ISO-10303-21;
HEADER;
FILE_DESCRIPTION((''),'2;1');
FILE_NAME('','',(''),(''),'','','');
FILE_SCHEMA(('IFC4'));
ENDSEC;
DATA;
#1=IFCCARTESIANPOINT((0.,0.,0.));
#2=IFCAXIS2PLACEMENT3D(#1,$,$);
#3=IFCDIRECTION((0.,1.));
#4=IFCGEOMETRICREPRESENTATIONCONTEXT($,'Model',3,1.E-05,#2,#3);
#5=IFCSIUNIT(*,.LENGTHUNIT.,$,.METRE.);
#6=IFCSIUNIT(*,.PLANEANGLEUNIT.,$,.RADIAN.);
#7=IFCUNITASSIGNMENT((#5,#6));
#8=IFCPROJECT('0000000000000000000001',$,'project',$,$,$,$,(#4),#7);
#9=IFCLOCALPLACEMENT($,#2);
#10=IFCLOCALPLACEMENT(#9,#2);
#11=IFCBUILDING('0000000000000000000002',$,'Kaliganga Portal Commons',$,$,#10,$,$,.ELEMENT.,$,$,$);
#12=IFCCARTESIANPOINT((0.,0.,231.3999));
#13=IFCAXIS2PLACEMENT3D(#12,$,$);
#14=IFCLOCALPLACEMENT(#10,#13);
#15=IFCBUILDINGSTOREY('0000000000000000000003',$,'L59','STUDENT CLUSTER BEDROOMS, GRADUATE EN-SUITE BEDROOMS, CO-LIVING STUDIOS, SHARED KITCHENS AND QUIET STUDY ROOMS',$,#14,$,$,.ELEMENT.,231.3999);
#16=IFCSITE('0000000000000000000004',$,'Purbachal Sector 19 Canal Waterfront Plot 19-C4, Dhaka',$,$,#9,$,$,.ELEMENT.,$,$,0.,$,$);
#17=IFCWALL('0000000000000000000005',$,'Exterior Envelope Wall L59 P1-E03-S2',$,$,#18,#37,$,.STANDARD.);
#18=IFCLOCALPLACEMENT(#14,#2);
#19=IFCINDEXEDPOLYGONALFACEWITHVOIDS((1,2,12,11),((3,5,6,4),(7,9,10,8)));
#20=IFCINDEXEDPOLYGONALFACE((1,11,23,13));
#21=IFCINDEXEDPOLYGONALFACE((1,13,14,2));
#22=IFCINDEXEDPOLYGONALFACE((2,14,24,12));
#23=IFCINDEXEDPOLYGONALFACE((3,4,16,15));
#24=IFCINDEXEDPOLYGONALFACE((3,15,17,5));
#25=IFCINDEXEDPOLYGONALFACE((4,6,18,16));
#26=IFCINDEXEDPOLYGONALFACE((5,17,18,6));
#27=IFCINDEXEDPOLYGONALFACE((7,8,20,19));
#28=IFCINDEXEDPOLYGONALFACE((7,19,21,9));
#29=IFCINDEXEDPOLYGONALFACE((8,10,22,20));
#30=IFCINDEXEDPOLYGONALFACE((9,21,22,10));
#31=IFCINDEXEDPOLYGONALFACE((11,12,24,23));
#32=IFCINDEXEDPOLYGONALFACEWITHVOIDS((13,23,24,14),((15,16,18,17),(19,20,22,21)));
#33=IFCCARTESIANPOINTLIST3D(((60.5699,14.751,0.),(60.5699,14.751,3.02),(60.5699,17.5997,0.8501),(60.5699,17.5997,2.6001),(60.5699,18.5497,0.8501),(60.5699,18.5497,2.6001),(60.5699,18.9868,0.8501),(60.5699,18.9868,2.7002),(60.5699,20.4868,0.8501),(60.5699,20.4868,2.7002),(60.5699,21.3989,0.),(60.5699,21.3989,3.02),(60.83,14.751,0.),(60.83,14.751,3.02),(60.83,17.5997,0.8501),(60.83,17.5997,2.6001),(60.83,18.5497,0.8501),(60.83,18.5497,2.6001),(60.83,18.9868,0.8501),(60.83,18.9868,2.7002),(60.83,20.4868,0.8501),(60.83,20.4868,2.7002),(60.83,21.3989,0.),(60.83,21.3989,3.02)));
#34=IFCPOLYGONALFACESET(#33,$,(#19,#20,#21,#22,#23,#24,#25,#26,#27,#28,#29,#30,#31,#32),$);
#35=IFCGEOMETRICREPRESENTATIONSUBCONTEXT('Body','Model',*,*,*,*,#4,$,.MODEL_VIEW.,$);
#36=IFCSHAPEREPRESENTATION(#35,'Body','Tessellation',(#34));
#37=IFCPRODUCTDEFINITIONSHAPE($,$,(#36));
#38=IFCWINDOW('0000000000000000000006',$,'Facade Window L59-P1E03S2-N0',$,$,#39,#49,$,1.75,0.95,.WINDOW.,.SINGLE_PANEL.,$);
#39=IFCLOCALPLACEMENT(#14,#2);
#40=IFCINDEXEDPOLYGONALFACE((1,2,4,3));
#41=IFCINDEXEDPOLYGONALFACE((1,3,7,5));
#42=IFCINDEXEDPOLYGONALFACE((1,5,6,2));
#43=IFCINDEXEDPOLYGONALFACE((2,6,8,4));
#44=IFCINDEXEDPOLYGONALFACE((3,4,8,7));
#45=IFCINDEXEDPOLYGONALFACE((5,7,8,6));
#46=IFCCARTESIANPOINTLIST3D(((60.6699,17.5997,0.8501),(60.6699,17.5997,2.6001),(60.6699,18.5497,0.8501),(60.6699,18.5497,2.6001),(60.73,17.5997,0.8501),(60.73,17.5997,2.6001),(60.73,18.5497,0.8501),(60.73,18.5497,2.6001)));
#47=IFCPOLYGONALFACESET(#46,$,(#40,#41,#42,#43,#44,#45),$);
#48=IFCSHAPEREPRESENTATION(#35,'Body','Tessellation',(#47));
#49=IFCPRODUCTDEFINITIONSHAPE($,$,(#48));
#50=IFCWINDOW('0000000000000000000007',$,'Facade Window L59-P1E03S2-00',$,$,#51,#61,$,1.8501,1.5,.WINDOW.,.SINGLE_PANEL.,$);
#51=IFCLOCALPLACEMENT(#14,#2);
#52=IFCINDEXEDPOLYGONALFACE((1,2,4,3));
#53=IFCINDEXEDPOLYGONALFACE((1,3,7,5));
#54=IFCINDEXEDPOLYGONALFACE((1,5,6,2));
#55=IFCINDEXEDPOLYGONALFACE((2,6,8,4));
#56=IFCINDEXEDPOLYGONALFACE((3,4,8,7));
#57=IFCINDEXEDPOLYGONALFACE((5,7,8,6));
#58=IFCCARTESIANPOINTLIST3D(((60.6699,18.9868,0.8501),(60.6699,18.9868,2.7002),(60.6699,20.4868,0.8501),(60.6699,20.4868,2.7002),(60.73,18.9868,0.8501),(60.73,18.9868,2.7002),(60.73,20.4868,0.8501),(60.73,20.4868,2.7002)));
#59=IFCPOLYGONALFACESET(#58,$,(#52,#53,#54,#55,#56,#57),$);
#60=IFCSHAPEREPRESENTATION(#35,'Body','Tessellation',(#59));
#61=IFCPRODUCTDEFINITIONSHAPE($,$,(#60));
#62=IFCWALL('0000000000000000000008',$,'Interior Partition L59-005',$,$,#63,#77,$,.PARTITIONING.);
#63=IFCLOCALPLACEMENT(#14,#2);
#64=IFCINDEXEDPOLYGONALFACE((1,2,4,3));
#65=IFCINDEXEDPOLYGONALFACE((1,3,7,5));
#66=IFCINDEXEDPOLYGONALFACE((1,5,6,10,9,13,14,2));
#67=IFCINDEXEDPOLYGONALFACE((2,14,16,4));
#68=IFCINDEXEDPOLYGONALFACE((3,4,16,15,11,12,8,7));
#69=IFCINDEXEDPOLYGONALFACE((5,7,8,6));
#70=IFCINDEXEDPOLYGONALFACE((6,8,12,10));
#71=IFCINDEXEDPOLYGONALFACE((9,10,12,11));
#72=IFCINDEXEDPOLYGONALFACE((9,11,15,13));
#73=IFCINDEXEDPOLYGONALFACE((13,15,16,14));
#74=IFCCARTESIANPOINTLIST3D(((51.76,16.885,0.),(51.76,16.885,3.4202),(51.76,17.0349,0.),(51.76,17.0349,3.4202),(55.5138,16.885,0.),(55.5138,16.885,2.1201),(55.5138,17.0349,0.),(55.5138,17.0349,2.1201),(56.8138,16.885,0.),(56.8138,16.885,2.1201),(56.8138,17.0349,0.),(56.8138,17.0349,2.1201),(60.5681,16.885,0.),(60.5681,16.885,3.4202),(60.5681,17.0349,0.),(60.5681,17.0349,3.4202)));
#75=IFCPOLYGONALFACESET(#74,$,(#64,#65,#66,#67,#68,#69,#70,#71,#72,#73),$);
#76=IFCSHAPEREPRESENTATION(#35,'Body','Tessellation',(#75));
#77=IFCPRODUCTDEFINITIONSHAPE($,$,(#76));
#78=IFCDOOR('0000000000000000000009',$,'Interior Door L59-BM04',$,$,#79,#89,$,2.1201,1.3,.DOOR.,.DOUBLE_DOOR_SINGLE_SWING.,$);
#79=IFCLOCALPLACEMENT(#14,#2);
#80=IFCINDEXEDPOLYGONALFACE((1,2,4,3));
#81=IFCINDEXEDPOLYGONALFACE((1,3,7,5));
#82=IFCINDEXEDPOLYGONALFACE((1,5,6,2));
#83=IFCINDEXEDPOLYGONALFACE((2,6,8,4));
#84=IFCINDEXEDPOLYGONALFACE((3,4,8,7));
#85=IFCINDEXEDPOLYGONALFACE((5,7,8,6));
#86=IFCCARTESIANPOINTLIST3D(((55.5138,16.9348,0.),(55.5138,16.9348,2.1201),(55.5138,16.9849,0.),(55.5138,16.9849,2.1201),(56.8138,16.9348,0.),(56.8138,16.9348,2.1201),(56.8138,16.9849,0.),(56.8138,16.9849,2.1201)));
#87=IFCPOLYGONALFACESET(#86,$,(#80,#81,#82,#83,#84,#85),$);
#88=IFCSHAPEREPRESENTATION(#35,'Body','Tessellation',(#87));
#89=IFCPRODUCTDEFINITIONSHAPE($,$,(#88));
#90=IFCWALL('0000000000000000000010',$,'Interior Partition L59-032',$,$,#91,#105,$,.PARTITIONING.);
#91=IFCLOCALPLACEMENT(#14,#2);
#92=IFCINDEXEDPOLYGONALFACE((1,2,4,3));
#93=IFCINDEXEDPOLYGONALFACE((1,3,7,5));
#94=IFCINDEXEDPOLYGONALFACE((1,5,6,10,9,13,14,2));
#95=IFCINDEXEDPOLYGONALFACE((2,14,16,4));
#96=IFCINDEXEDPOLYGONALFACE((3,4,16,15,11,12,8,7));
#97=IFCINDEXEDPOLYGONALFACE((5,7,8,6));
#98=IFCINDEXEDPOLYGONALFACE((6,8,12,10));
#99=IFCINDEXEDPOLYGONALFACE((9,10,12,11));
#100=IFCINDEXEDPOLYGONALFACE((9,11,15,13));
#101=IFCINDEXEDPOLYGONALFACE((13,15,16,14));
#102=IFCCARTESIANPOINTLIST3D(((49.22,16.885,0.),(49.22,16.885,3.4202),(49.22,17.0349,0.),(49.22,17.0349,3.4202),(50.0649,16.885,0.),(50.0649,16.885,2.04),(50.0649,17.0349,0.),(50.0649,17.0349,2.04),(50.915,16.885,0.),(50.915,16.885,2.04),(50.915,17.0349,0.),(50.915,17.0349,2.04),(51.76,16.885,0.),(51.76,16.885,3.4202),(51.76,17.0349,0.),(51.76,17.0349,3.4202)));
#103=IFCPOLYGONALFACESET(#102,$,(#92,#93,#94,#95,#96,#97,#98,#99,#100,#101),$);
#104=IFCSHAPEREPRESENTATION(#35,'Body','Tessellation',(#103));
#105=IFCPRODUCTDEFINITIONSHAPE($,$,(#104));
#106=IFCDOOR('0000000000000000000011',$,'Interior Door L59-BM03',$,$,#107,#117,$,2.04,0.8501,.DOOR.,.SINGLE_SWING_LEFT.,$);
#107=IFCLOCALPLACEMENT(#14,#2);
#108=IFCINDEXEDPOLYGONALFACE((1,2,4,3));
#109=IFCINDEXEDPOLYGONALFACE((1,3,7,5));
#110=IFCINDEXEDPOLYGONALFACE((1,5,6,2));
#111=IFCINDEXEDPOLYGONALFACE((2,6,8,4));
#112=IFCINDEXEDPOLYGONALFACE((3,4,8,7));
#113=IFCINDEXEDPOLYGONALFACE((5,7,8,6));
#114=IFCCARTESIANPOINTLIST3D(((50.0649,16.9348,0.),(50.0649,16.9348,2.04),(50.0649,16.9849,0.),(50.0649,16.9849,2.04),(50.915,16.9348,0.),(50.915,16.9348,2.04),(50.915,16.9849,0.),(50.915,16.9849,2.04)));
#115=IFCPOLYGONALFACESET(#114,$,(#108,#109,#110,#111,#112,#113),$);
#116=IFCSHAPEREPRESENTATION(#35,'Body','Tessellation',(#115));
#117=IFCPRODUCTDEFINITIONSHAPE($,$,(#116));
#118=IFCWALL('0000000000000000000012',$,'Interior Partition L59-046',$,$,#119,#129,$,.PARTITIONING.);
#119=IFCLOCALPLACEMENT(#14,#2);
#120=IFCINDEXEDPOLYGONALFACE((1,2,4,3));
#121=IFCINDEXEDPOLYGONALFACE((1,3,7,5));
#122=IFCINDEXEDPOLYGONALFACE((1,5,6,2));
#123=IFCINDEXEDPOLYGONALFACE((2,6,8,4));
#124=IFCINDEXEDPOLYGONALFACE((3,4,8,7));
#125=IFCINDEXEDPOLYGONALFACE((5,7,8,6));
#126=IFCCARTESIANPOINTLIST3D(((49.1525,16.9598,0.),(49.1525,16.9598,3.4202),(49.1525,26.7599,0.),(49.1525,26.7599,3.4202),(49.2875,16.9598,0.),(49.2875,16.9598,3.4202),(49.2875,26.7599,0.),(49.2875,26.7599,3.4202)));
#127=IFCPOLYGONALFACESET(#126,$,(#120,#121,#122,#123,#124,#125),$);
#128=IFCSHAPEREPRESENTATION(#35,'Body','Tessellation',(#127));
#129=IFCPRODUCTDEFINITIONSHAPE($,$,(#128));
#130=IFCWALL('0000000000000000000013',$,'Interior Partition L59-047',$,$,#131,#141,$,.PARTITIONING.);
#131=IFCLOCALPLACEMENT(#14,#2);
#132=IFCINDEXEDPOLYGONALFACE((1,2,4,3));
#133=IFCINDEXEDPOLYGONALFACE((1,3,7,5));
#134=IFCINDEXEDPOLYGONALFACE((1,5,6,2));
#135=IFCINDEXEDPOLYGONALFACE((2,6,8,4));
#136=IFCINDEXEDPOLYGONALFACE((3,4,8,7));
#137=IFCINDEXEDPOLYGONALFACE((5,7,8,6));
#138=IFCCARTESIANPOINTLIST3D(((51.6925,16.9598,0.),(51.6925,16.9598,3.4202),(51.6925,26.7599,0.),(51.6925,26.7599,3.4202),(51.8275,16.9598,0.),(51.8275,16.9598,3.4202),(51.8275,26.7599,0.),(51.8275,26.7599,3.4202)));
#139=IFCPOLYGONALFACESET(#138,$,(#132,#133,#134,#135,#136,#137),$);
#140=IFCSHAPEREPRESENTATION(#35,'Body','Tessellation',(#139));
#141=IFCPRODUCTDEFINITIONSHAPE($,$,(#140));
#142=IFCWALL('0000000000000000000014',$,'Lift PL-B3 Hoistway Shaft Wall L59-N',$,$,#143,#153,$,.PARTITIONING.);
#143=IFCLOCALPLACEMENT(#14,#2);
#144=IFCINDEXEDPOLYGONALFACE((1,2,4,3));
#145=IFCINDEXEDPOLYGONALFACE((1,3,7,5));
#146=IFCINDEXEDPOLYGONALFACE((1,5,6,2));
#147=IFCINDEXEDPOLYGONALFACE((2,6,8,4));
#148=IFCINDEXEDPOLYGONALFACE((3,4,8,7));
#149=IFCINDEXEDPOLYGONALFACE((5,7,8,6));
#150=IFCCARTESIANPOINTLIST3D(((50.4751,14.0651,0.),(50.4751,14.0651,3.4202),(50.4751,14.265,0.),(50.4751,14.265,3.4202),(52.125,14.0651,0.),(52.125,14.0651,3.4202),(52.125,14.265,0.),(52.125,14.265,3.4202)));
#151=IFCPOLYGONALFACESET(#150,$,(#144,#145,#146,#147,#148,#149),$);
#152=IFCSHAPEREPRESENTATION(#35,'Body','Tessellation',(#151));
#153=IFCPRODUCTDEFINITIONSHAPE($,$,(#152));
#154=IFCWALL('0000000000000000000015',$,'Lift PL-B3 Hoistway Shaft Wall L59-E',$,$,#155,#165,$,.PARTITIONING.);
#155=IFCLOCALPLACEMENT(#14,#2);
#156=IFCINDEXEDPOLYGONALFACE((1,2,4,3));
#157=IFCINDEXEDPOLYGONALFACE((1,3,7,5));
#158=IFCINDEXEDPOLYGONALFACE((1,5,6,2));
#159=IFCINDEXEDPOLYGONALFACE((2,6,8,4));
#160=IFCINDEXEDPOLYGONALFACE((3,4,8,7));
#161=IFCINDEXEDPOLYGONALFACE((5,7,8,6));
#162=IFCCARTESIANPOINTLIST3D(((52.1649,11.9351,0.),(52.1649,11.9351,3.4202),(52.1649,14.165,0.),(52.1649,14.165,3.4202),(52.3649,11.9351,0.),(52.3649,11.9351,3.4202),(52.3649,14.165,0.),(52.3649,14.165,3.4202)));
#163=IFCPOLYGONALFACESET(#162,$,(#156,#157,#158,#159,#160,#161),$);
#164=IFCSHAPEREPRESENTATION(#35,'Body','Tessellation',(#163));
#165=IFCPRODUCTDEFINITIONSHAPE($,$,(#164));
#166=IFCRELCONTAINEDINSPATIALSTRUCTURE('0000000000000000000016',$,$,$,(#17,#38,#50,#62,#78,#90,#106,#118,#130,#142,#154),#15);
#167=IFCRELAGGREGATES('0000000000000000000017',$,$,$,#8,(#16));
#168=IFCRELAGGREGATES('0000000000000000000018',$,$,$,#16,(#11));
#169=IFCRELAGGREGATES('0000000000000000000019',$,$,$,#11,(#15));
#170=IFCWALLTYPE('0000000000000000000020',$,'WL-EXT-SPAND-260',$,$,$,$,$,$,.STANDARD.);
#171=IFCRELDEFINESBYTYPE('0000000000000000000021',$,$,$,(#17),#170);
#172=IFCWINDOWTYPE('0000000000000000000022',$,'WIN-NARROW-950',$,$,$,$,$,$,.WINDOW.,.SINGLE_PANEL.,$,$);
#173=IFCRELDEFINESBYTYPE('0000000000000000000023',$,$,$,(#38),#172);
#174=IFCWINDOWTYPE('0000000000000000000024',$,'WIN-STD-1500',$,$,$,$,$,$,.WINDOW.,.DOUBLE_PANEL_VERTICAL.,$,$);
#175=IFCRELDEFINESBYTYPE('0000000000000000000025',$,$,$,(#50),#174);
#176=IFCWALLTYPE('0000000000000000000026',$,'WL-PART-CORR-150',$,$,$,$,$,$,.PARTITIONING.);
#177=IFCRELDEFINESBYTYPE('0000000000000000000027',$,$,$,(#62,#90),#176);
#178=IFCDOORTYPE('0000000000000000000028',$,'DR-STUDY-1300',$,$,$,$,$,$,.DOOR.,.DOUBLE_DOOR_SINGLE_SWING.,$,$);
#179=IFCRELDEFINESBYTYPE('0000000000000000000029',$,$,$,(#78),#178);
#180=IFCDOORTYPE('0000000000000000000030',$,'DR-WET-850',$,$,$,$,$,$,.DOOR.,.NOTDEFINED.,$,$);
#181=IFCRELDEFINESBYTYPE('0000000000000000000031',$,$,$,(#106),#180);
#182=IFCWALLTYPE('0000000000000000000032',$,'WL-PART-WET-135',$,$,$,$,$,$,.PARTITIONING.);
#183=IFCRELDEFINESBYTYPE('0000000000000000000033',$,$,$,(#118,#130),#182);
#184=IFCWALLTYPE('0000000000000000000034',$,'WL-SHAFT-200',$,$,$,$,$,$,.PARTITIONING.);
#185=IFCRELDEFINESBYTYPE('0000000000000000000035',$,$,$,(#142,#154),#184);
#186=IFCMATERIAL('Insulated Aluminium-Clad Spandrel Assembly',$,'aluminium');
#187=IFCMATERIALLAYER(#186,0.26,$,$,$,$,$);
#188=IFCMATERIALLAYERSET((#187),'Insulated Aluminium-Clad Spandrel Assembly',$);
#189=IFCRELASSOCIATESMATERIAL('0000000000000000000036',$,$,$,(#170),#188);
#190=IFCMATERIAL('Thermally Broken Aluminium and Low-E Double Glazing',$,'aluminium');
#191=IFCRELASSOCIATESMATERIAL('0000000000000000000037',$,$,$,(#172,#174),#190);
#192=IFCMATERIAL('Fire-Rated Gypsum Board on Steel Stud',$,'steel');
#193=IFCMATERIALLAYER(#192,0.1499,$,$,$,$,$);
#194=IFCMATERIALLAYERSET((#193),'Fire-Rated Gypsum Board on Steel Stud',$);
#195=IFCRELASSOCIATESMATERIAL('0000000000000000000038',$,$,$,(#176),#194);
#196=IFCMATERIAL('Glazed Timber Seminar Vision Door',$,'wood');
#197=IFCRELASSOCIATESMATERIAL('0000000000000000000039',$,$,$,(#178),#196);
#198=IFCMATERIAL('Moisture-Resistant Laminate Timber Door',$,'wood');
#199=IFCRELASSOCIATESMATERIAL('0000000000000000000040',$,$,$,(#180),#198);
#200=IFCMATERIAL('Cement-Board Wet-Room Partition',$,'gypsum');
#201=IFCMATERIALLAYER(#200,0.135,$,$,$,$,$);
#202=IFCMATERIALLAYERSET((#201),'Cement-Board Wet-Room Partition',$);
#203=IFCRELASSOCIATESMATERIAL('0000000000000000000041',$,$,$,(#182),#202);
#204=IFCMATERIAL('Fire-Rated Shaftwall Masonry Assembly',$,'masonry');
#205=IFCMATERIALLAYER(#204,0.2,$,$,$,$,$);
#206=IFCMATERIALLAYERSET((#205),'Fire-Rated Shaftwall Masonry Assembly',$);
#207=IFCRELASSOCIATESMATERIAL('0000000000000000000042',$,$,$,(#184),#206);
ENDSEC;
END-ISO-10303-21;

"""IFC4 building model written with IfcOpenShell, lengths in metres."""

from ifc_helpers import new_model, si_unit, direction, frame, frame_2d, origin, place, context, subcontext, project, spatial, rectangle, extrude, material, layer, layer_set, type_object, element, fill, save


model = new_model("IFC4")

# Units and contexts
model_context = context("Model", 3, precision=1e-05, world=origin(), true_north=direction((0.0, 1.0)))
body_context = subcontext(model_context, "Body", "Model", "MODEL_VIEW")
ifc_project = project(units=[si_unit("LENGTHUNIT", "METRE"), si_unit("PLANEANGLEUNIT", "RADIAN")], contexts=[model_context])

# Site, building, storey
site_placement = place(None, origin())
site = spatial("IfcSite", under=ifc_project, at=site_placement, Name="Purbachal Sector 19 Canal Waterfront Plot 19-C4, Dhaka", CompositionType="ELEMENT", RefElevation=0.0)
building_placement = place(site_placement, origin())
building = spatial("IfcBuilding", under=site, at=building_placement, Name="Kaliganga Portal Commons", CompositionType="ELEMENT")
storey_placement = place(building_placement, frame((0.0, 0.0, 231.3999)))
storey = spatial("IfcBuildingStorey", under=building, at=storey_placement, Name="L59", Description="STUDENT CLUSTER BEDROOMS, GRADUATE EN-SUITE BEDROOMS, CO-LIVING STUDIOS, SHARED KITCHENS AND QUIET STUDY ROOMS", CompositionType="ELEMENT", Elevation=231.3999)

# Shared definitions
ifc_material_1 = material(Name="Insulated Aluminium-Clad Spandrel Assembly", Category="aluminium")
ifc_layer_1 = layer(ifc_material_1, 0.26)
ifc_layer_set_1 = layer_set([ifc_layer_1], Name="Insulated Aluminium-Clad Spandrel Assembly")
wall_type_1 = type_object("IfcWallType", Name="WL-EXT-SPAND-260", PredefinedType="STANDARD", material=ifc_layer_set_1)

# Wall, openings, windows
wall_1_placement = place(storey_placement, frame((60.7, 21.3989, 0.0), z_axis=(0.0, 0.0, 1.0), x_axis=(0.0, -1.0, 0.0)))
wall_1 = element("IfcWall", 1, at=wall_1_placement, inside=storey, type_object=wall_type_1, Name="Exterior Envelope Wall L59 P1-E03-S2", PredefinedType="STANDARD", context=body_context, shape_type="SweptSolid", body=[
    extrude(rectangle(XDim=6.6479, YDim=0.26, at=frame_2d((3.324, 0.0))), origin(), (0.0, 0.0, 1.0), 3.02),
])
opening_1_placement = place(wall_1_placement, frame((0.9121, 0.0, 0.8501)))
opening_1 = element("IfcOpeningElement", 2, at=opening_1_placement, cuts=wall_1, PredefinedType="OPENING", context=body_context, shape_type="SweptSolid", body=[
    extrude(rectangle(XDim=1.5, YDim=1.8501, at=frame_2d((0.75, 0.925))), frame((0.0, 0.1401, 0.0), z_axis=(0.0, -1.0, 0.0), x_axis=(1.0, 0.0, 0.0)), (0.0, 0.0, 1.0), 0.28),
])
opening_2_placement = place(wall_1_placement, frame((2.8491, 0.0, 0.8501)))
opening_2 = element("IfcOpeningElement", 3, at=opening_2_placement, cuts=wall_1, PredefinedType="OPENING", context=body_context, shape_type="SweptSolid", body=[
    extrude(rectangle(XDim=0.95, YDim=1.75, at=frame_2d((0.4751, 0.875))), frame((0.0, 0.1401, 0.0), z_axis=(0.0, -1.0, 0.0), x_axis=(1.0, 0.0, 0.0)), (0.0, 0.0, 1.0), 0.28),
])
ifc_material_2 = material(Name="Thermally Broken Aluminium and Low-E Double Glazing", Category="aluminium")
window_type_1 = type_object("IfcWindowType", Name="WIN-NARROW-950", PartitioningType="SINGLE_PANEL", PredefinedType="WINDOW", material=ifc_material_2)
window_1_placement = place(opening_2_placement, origin())
window_1 = element("IfcWindow", 4, at=window_1_placement, inside=storey, type_object=window_type_1, Name="Facade Window L59-P1E03S2-N0", OverallHeight=1.75, OverallWidth=0.95, PartitioningType="SINGLE_PANEL", PredefinedType="WINDOW", context=body_context, shape_type="SweptSolid", body=[
    extrude(rectangle(XDim=0.95, YDim=1.75, at=frame_2d((0.4751, 0.875))), frame((0.0, 0.03, 0.0), z_axis=(0.0, -1.0, 0.0), x_axis=(1.0, 0.0, 0.0)), (0.0, 0.0, 1.0), 0.0601),
])
fill(opening_2, window_1)
window_type_2 = type_object("IfcWindowType", Name="WIN-STD-1500", PartitioningType="DOUBLE_PANEL_VERTICAL", PredefinedType="WINDOW", material=ifc_material_2)
window_2_placement = place(opening_1_placement, origin())
window_2 = element("IfcWindow", 5, at=window_2_placement, inside=storey, type_object=window_type_2, Name="Facade Window L59-P1E03S2-00", OverallHeight=1.8501, OverallWidth=1.5, PartitioningType="SINGLE_PANEL", PredefinedType="WINDOW", context=body_context, shape_type="SweptSolid", body=[
    extrude(rectangle(XDim=1.5, YDim=1.8501, at=frame_2d((0.75, 0.925))), frame((0.0, 0.03, 0.0), z_axis=(0.0, -1.0, 0.0), x_axis=(1.0, 0.0, 0.0)), (0.0, 0.0, 1.0), 0.0601),
])
fill(opening_1, window_2)

# Walls, openings, doors
ifc_material_3 = material(Name="Fire-Rated Gypsum Board on Steel Stud", Category="steel")
ifc_layer_2 = layer(ifc_material_3, 0.1499)
ifc_layer_set_2 = layer_set([ifc_layer_2], Name="Fire-Rated Gypsum Board on Steel Stud")
wall_type_2 = type_object("IfcWallType", Name="WL-PART-CORR-150", PredefinedType="PARTITIONING", material=ifc_layer_set_2)
wall_2_placement = place(storey_placement, frame((51.76, 16.96, 0.0), z_axis=(0.0, 0.0, 1.0), x_axis=(1.0, 0.0, 0.0)))
wall_2 = element("IfcWall", 6, at=wall_2_placement, inside=storey, type_object=wall_type_2, Name="Interior Partition L59-005", PredefinedType="PARTITIONING", context=body_context, shape_type="SweptSolid", body=[
    extrude(rectangle(XDim=8.8081, YDim=0.1499, at=frame_2d((4.4041, 0.0))), origin(), (0.0, 0.0, 1.0), 3.4202),
])
opening_3_placement = place(wall_2_placement, frame((3.7539, 0.0, 0.0)))
opening_3 = element("IfcOpeningElement", 7, at=opening_3_placement, cuts=wall_2, PredefinedType="OPENING", context=body_context, shape_type="SweptSolid", body=[
    extrude(rectangle(XDim=1.3, YDim=2.1201, at=frame_2d((0.6499, 1.0601))), frame((0.0, 0.085, 0.0), z_axis=(0.0, -1.0, 0.0), x_axis=(1.0, 0.0, 0.0)), (0.0, 0.0, 1.0), 0.1699),
])
ifc_material_4 = material(Name="Glazed Timber Seminar Vision Door", Category="wood")
door_type_1 = type_object("IfcDoorType", Name="DR-STUDY-1300", OperationType="DOUBLE_DOOR_SINGLE_SWING", PredefinedType="DOOR", material=ifc_material_4)
door_1_placement = place(opening_3_placement, origin())
door_1 = element("IfcDoor", 8, at=door_1_placement, inside=storey, type_object=door_type_1, Name="Interior Door L59-BM04", OperationType="DOUBLE_DOOR_SINGLE_SWING", OverallHeight=2.1201, OverallWidth=1.3, PredefinedType="DOOR", context=body_context, shape_type="SweptSolid", body=[
    extrude(rectangle(XDim=1.3, YDim=2.1201, at=frame_2d((0.6499, 1.0601))), frame((0.0, 0.0249, 0.0), z_axis=(0.0, -1.0, 0.0), x_axis=(1.0, 0.0, 0.0)), (0.0, 0.0, 1.0), 0.05),
])
fill(opening_3, door_1)
wall_3_placement = place(storey_placement, frame((49.22, 16.96, 0.0), z_axis=(0.0, 0.0, 1.0), x_axis=(1.0, 0.0, 0.0)))
wall_3 = element("IfcWall", 9, at=wall_3_placement, inside=storey, type_object=wall_type_2, Name="Interior Partition L59-032", PredefinedType="PARTITIONING", context=body_context, shape_type="SweptSolid", body=[
    extrude(rectangle(XDim=2.54, YDim=0.1499, at=frame_2d((1.27, 0.0))), origin(), (0.0, 0.0, 1.0), 3.4202),
])
opening_4_placement = place(wall_3_placement, frame((0.845, 0.0, 0.0)))
opening_4 = element("IfcOpeningElement", 10, at=opening_4_placement, cuts=wall_3, PredefinedType="OPENING", context=body_context, shape_type="SweptSolid", body=[
    extrude(rectangle(XDim=0.8501, YDim=2.04, at=frame_2d((0.425, 1.02))), frame((0.0, 0.085, 0.0), z_axis=(0.0, -1.0, 0.0), x_axis=(1.0, 0.0, 0.0)), (0.0, 0.0, 1.0), 0.1699),
])
ifc_material_5 = material(Name="Moisture-Resistant Laminate Timber Door", Category="wood")
door_type_2 = type_object("IfcDoorType", Name="DR-WET-850", OperationType="NOTDEFINED", PredefinedType="DOOR", material=ifc_material_5)
door_2_placement = place(opening_4_placement, origin())
door_2 = element("IfcDoor", 11, at=door_2_placement, inside=storey, type_object=door_type_2, Name="Interior Door L59-BM03", OperationType="SINGLE_SWING_LEFT", OverallHeight=2.04, OverallWidth=0.8501, PredefinedType="DOOR", context=body_context, shape_type="SweptSolid", body=[
    extrude(rectangle(XDim=0.8501, YDim=2.04, at=frame_2d((0.425, 1.02))), frame((0.0, 0.0249, 0.0), z_axis=(0.0, -1.0, 0.0), x_axis=(1.0, 0.0, 0.0)), (0.0, 0.0, 1.0), 0.05),
])
fill(opening_4, door_2)

# Walls
ifc_material_6 = material(Name="Cement-Board Wet-Room Partition", Category="gypsum")
ifc_layer_3 = layer(ifc_material_6, 0.135)
ifc_layer_set_3 = layer_set([ifc_layer_3], Name="Cement-Board Wet-Room Partition")
wall_type_3 = type_object("IfcWallType", Name="WL-PART-WET-135", PredefinedType="PARTITIONING", material=ifc_layer_set_3)
for number, where, z_axis, x_axis, name in (
    (12, (49.22, 16.96, 0.0), (0.0, 0.0, 1.0), (0.0, 1.0, 0.0), "Interior Partition L59-046"),
    (13, (51.76, 16.96, 0.0), (0.0, 0.0, 1.0), (0.0, 1.0, 0.0), "Interior Partition L59-047"),
):
    element("IfcWall", number, at=place(storey_placement, frame(where, z_axis=z_axis, x_axis=x_axis)), inside=storey, type_object=wall_type_3, Name=name, PredefinedType="PARTITIONING", context=body_context, shape_type="SweptSolid", body=[
        extrude(rectangle(XDim=9.8, YDim=0.135, at=frame_2d((4.8999, 0.0))), origin(), (0.0, 0.0, 1.0), 3.4202),
    ])

# Shared definitions
ifc_material_7 = material(Name="Fire-Rated Shaftwall Masonry Assembly", Category="masonry")
ifc_layer_4 = layer(ifc_material_7, 0.2)
ifc_layer_set_4 = layer_set([ifc_layer_4], Name="Fire-Rated Shaftwall Masonry Assembly")
wall_type_4 = type_object("IfcWallType", Name="WL-SHAFT-200", PredefinedType="PARTITIONING", material=ifc_layer_set_4)

# Walls
wall_4_placement = place(storey_placement, frame((50.4751, 14.165, 0.0), z_axis=(0.0, 0.0, 1.0), x_axis=(1.0, 0.0, 0.0)))
element("IfcWall", 14, at=wall_4_placement, inside=storey, type_object=wall_type_4, Name="Lift PL-B3 Hoistway Shaft Wall L59-N", PredefinedType="PARTITIONING", context=body_context, shape_type="SweptSolid", body=[
    extrude(rectangle(XDim=1.6499, YDim=0.2, at=frame_2d((0.825, 0.0))), origin(), (0.0, 0.0, 1.0), 3.4202),
])
wall_5_placement = place(storey_placement, frame((52.2649, 11.9351, 0.0), z_axis=(0.0, 0.0, 1.0), x_axis=(0.0, 1.0, 0.0)))
element("IfcWall", 15, at=wall_5_placement, inside=storey, type_object=wall_type_4, Name="Lift PL-B3 Hoistway Shaft Wall L59-E", PredefinedType="PARTITIONING", context=body_context, shape_type="SweptSolid", body=[
    extrude(rectangle(XDim=2.23, YDim=0.2, at=frame_2d((1.115, 0.0))), origin(), (0.0, 0.0, 1.0), 3.4202),
])

save(model, "model.ifc")
